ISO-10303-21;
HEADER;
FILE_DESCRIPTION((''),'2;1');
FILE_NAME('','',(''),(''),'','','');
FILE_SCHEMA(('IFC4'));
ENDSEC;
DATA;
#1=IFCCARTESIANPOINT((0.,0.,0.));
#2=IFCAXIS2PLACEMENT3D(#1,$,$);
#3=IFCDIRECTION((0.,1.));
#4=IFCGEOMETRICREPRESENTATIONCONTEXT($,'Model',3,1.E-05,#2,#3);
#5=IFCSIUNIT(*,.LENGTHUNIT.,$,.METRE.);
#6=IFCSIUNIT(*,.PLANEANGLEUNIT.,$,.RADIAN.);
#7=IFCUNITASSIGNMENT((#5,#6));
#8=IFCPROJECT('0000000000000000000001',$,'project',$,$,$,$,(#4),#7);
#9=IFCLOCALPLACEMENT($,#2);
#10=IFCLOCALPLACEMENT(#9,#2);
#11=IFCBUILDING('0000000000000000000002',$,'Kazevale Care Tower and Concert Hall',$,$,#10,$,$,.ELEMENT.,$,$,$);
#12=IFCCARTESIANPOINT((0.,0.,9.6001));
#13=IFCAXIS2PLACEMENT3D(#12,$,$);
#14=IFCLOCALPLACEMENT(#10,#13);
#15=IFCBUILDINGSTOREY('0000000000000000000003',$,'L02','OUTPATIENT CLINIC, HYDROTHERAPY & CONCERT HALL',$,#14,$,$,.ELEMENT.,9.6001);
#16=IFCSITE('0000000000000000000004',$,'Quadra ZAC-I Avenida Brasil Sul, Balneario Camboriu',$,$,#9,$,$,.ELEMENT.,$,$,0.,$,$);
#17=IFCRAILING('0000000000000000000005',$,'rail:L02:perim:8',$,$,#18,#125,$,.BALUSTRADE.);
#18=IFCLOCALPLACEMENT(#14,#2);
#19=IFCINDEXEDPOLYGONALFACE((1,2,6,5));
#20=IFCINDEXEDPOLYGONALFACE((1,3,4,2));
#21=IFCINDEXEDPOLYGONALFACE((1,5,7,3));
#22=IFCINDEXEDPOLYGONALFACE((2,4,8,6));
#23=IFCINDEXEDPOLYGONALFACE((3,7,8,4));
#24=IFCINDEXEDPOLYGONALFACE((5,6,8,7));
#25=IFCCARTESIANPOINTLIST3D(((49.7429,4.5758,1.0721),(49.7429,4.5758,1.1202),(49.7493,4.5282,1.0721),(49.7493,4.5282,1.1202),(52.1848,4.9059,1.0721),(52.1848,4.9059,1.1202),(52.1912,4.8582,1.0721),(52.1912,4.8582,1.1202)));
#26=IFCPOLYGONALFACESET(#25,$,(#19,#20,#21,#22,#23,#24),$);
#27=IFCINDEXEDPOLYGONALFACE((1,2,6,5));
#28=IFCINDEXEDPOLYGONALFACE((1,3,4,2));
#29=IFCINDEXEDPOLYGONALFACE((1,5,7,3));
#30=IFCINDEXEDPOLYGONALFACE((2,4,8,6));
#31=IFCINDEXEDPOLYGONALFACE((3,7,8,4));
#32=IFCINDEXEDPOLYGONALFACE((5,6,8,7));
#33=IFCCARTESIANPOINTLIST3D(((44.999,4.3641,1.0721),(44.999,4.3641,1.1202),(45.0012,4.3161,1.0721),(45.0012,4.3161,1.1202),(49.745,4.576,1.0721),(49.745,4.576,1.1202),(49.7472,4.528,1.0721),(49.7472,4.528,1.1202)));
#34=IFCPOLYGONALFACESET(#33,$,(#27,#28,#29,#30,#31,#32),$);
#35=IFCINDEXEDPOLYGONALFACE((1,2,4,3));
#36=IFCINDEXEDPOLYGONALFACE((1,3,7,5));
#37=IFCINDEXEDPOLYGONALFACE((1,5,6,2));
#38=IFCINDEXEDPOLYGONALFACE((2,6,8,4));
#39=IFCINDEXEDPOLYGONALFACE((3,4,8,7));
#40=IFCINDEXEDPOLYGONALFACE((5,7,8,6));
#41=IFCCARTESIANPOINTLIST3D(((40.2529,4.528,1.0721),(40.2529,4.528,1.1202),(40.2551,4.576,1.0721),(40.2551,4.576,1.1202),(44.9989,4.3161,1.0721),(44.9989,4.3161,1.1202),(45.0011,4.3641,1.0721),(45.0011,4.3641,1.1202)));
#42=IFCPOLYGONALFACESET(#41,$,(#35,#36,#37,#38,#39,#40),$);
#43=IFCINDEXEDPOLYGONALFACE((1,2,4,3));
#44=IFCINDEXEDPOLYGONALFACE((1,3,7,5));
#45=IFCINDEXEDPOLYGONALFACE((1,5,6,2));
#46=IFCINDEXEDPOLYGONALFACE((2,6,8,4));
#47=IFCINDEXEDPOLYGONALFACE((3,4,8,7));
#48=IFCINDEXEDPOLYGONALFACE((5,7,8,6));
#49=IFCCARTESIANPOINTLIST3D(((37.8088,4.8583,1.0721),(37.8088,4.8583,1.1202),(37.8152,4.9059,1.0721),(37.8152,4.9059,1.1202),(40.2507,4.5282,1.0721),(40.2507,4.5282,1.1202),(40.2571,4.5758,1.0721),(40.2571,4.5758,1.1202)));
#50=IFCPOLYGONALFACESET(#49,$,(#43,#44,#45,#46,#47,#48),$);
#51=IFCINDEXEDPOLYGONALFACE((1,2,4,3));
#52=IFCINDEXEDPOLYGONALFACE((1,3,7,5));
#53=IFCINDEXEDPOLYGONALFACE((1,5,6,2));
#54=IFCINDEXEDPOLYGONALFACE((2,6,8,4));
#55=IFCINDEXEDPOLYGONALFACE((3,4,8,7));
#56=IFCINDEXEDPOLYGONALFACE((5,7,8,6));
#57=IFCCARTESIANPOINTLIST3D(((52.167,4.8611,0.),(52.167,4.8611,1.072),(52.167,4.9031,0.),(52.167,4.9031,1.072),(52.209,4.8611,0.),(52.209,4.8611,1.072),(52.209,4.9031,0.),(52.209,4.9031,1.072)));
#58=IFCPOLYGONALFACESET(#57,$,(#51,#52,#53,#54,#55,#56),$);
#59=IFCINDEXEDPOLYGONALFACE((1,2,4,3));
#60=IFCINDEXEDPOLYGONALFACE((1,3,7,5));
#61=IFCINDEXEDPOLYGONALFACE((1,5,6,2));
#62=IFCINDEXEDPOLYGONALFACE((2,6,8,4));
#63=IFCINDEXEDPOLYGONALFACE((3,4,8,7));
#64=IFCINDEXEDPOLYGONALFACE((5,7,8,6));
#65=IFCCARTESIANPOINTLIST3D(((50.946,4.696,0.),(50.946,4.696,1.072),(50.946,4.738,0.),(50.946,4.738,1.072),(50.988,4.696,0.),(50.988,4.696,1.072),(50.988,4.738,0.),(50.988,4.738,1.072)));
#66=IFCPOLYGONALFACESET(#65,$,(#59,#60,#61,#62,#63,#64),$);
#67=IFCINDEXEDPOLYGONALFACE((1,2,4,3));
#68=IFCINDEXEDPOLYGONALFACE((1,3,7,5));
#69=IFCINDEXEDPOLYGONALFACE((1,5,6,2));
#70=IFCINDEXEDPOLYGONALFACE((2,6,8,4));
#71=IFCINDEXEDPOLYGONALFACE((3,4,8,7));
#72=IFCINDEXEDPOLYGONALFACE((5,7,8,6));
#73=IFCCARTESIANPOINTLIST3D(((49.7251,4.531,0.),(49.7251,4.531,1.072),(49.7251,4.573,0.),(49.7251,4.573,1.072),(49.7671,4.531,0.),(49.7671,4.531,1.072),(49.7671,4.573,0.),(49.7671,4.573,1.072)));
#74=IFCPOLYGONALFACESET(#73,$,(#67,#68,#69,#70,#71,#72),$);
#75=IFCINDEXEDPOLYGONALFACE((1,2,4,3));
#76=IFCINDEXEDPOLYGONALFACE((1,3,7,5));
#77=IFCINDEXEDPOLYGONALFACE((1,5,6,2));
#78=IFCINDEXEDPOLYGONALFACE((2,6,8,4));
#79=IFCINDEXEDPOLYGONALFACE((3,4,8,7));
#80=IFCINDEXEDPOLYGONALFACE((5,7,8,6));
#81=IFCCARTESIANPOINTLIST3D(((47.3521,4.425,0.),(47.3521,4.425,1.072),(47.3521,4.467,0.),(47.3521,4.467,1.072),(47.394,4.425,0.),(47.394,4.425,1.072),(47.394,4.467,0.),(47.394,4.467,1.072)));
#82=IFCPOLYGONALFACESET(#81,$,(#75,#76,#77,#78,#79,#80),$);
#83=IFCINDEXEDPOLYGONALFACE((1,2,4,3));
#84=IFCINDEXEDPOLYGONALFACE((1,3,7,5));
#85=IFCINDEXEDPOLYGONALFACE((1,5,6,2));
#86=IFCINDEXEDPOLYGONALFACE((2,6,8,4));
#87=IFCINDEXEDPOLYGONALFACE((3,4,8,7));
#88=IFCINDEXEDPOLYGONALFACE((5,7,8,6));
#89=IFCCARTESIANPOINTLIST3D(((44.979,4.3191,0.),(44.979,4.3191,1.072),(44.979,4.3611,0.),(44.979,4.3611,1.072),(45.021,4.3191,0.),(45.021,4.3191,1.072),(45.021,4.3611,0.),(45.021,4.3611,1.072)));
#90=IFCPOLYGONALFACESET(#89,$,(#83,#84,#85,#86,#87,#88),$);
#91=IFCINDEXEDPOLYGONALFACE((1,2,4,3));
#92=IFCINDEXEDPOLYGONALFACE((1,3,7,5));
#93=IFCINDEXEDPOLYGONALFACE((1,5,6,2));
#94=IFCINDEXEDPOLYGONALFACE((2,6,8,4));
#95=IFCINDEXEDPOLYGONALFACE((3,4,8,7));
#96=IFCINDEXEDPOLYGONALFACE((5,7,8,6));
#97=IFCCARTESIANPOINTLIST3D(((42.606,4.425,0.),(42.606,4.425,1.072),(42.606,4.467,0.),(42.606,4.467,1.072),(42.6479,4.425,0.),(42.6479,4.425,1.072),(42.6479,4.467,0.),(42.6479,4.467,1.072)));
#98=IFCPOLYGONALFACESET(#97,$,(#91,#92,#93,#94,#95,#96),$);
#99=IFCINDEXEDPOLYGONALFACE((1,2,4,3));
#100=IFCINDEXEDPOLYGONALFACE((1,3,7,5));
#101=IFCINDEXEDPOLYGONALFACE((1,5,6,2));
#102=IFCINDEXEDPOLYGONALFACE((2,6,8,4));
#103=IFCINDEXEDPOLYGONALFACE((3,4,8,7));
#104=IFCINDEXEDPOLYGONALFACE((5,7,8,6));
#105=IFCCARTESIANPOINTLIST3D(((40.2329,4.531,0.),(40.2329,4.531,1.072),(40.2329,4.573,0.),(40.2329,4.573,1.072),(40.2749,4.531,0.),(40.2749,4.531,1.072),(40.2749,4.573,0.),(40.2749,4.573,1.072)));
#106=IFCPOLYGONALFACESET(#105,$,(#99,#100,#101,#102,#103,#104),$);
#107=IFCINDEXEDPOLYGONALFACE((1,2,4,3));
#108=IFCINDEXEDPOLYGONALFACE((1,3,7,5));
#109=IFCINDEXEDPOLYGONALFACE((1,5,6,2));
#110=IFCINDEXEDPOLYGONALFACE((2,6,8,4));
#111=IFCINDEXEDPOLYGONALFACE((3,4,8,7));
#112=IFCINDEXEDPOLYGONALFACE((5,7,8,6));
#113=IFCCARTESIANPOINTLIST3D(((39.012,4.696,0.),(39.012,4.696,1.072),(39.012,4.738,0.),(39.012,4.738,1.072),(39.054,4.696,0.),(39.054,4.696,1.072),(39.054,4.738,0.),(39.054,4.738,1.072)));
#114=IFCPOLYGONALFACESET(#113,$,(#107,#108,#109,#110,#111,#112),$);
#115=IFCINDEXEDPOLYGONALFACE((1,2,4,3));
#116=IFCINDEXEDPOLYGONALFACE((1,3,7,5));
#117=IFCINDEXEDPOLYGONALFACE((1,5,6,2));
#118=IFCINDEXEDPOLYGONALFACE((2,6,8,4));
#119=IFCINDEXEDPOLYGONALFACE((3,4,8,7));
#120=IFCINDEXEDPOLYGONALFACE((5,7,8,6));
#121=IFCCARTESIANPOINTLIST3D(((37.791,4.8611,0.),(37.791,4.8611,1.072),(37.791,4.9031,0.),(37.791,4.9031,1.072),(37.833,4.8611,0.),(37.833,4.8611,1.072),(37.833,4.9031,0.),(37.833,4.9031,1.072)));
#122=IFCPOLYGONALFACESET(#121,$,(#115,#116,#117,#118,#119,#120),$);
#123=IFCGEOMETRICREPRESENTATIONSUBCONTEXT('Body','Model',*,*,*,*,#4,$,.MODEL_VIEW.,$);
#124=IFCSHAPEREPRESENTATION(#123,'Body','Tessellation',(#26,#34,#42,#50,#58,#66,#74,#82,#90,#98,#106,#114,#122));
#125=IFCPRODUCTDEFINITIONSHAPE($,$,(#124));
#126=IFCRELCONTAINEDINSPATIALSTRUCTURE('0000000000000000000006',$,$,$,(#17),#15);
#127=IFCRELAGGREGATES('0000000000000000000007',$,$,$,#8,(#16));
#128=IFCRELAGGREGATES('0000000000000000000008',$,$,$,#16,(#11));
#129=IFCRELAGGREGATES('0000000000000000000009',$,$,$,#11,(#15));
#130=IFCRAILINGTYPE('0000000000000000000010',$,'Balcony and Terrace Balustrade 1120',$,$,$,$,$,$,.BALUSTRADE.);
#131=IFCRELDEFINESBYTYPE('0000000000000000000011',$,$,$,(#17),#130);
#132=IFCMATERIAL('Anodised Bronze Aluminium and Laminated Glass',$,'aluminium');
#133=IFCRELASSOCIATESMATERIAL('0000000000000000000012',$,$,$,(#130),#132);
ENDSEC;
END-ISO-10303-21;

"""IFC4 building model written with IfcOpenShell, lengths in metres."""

from ifc_helpers import new_model, si_unit, direction, frame, origin, origin_2d, place, context, subcontext, project, spatial, rectangle, extrude, material, type_object, element, save


model = new_model("IFC4")

# Units and contexts
model_context = context("Model", 3, precision=1e-05, world=origin(), true_north=direction((0.0, 1.0)))
body_context = subcontext(model_context, "Body", "Model", "MODEL_VIEW")
ifc_project = project(units=[si_unit("LENGTHUNIT", "METRE"), si_unit("PLANEANGLEUNIT", "RADIAN")], contexts=[model_context])

# Site, building, storey
site_placement = place(None, origin())
site = spatial("IfcSite", under=ifc_project, at=site_placement, Name="Quadra ZAC-I Avenida Brasil Sul, Balneario Camboriu", CompositionType="ELEMENT", RefElevation=0.0)
building_placement = place(site_placement, origin())
building = spatial("IfcBuilding", under=site, at=building_placement, Name="Kazevale Care Tower and Concert Hall", CompositionType="ELEMENT")
storey_placement = place(building_placement, frame((0.0, 0.0, 9.6001)))
storey = spatial("IfcBuildingStorey", under=building, at=storey_placement, Name="L02", Description="OUTPATIENT CLINIC, HYDROTHERAPY & CONCERT HALL", CompositionType="ELEMENT", Elevation=9.6001)

# Railing
ifc_material_1 = material(Name="Anodised Bronze Aluminium and Laminated Glass", Category="aluminium")
railing_type = type_object("IfcRailingType", Name="Balcony and Terrace Balustrade 1120", PredefinedType="BALUSTRADE", material=ifc_material_1)
railing_placement = place(storey_placement, frame((52.188, 4.8821, 0.0)))
element("IfcRailing", 1, at=railing_placement, inside=storey, type_object=railing_type, Name="rail:L02:perim:8", PredefinedType="BALUSTRADE", context=body_context, shape_type="SweptSolid", body=[
    extrude(rectangle(XDim=0.0481, YDim=0.0481, at=origin_2d()), frame((0.0, 0.0, 1.0962), z_axis=(-0.990987, -0.133955, 0.0), x_axis=(0.133955, -0.990987, 0.0)), (0.0, 0.0, 1.0), 2.4641),
    extrude(rectangle(XDim=0.0481, YDim=0.0481, at=origin_2d()), frame((-2.4419, -0.3301, 1.0962), z_axis=(-0.999005, -0.044606, 0.0), x_axis=(0.044606, -0.999005, 0.0)), (0.0, 0.0, 1.0), 4.7507),
    extrude(rectangle(XDim=0.0481, YDim=0.0481, at=origin_2d()), frame((-7.188, -0.542, 1.0962), z_axis=(-0.999005, 0.044606, 0.0), x_axis=(-0.044606, -0.999005, 0.0)), (0.0, 0.0, 1.0), 4.7507),
    extrude(rectangle(XDim=0.0481, YDim=0.0481, at=origin_2d()), frame((-11.9341, -0.3301, 1.0962), z_axis=(-0.990987, 0.133955, 0.0), x_axis=(-0.133955, -0.990987, 0.0)), (0.0, 0.0, 1.0), 2.4641),
    extrude(rectangle(XDim=0.042, YDim=0.042, at=origin_2d()), origin(), (0.0, 0.0, 1.0), 1.072),
    extrude(rectangle(XDim=0.042, YDim=0.042, at=origin_2d()), frame((-1.2209, -0.165, 0.0)), (0.0, 0.0, 1.0), 1.072),
    extrude(rectangle(XDim=0.042, YDim=0.042, at=origin_2d()), frame((-2.4419, -0.3301, 0.0)), (0.0, 0.0, 1.0), 1.072),
    extrude(rectangle(XDim=0.042, YDim=0.042, at=origin_2d()), frame((-4.8149, -0.436, 0.0)), (0.0, 0.0, 1.0), 1.072),
    extrude(rectangle(XDim=0.042, YDim=0.042, at=origin_2d()), frame((-7.188, -0.542, 0.0)), (0.0, 0.0, 1.0), 1.072),
    extrude(rectangle(XDim=0.042, YDim=0.042, at=origin_2d()), frame((-9.561, -0.436, 0.0)), (0.0, 0.0, 1.0), 1.072),
    extrude(rectangle(XDim=0.042, YDim=0.042, at=origin_2d()), frame((-11.9341, -0.3301, 0.0)), (0.0, 0.0, 1.0), 1.072),
    extrude(rectangle(XDim=0.042, YDim=0.042, at=origin_2d()), frame((-13.155, -0.165, 0.0)), (0.0, 0.0, 1.0), 1.072),
    extrude(rectangle(XDim=0.042, YDim=0.042, at=origin_2d()), frame((-14.376, 0.0, 0.0)), (0.0, 0.0, 1.0), 1.072),
])

save(model, "model.ifc")
